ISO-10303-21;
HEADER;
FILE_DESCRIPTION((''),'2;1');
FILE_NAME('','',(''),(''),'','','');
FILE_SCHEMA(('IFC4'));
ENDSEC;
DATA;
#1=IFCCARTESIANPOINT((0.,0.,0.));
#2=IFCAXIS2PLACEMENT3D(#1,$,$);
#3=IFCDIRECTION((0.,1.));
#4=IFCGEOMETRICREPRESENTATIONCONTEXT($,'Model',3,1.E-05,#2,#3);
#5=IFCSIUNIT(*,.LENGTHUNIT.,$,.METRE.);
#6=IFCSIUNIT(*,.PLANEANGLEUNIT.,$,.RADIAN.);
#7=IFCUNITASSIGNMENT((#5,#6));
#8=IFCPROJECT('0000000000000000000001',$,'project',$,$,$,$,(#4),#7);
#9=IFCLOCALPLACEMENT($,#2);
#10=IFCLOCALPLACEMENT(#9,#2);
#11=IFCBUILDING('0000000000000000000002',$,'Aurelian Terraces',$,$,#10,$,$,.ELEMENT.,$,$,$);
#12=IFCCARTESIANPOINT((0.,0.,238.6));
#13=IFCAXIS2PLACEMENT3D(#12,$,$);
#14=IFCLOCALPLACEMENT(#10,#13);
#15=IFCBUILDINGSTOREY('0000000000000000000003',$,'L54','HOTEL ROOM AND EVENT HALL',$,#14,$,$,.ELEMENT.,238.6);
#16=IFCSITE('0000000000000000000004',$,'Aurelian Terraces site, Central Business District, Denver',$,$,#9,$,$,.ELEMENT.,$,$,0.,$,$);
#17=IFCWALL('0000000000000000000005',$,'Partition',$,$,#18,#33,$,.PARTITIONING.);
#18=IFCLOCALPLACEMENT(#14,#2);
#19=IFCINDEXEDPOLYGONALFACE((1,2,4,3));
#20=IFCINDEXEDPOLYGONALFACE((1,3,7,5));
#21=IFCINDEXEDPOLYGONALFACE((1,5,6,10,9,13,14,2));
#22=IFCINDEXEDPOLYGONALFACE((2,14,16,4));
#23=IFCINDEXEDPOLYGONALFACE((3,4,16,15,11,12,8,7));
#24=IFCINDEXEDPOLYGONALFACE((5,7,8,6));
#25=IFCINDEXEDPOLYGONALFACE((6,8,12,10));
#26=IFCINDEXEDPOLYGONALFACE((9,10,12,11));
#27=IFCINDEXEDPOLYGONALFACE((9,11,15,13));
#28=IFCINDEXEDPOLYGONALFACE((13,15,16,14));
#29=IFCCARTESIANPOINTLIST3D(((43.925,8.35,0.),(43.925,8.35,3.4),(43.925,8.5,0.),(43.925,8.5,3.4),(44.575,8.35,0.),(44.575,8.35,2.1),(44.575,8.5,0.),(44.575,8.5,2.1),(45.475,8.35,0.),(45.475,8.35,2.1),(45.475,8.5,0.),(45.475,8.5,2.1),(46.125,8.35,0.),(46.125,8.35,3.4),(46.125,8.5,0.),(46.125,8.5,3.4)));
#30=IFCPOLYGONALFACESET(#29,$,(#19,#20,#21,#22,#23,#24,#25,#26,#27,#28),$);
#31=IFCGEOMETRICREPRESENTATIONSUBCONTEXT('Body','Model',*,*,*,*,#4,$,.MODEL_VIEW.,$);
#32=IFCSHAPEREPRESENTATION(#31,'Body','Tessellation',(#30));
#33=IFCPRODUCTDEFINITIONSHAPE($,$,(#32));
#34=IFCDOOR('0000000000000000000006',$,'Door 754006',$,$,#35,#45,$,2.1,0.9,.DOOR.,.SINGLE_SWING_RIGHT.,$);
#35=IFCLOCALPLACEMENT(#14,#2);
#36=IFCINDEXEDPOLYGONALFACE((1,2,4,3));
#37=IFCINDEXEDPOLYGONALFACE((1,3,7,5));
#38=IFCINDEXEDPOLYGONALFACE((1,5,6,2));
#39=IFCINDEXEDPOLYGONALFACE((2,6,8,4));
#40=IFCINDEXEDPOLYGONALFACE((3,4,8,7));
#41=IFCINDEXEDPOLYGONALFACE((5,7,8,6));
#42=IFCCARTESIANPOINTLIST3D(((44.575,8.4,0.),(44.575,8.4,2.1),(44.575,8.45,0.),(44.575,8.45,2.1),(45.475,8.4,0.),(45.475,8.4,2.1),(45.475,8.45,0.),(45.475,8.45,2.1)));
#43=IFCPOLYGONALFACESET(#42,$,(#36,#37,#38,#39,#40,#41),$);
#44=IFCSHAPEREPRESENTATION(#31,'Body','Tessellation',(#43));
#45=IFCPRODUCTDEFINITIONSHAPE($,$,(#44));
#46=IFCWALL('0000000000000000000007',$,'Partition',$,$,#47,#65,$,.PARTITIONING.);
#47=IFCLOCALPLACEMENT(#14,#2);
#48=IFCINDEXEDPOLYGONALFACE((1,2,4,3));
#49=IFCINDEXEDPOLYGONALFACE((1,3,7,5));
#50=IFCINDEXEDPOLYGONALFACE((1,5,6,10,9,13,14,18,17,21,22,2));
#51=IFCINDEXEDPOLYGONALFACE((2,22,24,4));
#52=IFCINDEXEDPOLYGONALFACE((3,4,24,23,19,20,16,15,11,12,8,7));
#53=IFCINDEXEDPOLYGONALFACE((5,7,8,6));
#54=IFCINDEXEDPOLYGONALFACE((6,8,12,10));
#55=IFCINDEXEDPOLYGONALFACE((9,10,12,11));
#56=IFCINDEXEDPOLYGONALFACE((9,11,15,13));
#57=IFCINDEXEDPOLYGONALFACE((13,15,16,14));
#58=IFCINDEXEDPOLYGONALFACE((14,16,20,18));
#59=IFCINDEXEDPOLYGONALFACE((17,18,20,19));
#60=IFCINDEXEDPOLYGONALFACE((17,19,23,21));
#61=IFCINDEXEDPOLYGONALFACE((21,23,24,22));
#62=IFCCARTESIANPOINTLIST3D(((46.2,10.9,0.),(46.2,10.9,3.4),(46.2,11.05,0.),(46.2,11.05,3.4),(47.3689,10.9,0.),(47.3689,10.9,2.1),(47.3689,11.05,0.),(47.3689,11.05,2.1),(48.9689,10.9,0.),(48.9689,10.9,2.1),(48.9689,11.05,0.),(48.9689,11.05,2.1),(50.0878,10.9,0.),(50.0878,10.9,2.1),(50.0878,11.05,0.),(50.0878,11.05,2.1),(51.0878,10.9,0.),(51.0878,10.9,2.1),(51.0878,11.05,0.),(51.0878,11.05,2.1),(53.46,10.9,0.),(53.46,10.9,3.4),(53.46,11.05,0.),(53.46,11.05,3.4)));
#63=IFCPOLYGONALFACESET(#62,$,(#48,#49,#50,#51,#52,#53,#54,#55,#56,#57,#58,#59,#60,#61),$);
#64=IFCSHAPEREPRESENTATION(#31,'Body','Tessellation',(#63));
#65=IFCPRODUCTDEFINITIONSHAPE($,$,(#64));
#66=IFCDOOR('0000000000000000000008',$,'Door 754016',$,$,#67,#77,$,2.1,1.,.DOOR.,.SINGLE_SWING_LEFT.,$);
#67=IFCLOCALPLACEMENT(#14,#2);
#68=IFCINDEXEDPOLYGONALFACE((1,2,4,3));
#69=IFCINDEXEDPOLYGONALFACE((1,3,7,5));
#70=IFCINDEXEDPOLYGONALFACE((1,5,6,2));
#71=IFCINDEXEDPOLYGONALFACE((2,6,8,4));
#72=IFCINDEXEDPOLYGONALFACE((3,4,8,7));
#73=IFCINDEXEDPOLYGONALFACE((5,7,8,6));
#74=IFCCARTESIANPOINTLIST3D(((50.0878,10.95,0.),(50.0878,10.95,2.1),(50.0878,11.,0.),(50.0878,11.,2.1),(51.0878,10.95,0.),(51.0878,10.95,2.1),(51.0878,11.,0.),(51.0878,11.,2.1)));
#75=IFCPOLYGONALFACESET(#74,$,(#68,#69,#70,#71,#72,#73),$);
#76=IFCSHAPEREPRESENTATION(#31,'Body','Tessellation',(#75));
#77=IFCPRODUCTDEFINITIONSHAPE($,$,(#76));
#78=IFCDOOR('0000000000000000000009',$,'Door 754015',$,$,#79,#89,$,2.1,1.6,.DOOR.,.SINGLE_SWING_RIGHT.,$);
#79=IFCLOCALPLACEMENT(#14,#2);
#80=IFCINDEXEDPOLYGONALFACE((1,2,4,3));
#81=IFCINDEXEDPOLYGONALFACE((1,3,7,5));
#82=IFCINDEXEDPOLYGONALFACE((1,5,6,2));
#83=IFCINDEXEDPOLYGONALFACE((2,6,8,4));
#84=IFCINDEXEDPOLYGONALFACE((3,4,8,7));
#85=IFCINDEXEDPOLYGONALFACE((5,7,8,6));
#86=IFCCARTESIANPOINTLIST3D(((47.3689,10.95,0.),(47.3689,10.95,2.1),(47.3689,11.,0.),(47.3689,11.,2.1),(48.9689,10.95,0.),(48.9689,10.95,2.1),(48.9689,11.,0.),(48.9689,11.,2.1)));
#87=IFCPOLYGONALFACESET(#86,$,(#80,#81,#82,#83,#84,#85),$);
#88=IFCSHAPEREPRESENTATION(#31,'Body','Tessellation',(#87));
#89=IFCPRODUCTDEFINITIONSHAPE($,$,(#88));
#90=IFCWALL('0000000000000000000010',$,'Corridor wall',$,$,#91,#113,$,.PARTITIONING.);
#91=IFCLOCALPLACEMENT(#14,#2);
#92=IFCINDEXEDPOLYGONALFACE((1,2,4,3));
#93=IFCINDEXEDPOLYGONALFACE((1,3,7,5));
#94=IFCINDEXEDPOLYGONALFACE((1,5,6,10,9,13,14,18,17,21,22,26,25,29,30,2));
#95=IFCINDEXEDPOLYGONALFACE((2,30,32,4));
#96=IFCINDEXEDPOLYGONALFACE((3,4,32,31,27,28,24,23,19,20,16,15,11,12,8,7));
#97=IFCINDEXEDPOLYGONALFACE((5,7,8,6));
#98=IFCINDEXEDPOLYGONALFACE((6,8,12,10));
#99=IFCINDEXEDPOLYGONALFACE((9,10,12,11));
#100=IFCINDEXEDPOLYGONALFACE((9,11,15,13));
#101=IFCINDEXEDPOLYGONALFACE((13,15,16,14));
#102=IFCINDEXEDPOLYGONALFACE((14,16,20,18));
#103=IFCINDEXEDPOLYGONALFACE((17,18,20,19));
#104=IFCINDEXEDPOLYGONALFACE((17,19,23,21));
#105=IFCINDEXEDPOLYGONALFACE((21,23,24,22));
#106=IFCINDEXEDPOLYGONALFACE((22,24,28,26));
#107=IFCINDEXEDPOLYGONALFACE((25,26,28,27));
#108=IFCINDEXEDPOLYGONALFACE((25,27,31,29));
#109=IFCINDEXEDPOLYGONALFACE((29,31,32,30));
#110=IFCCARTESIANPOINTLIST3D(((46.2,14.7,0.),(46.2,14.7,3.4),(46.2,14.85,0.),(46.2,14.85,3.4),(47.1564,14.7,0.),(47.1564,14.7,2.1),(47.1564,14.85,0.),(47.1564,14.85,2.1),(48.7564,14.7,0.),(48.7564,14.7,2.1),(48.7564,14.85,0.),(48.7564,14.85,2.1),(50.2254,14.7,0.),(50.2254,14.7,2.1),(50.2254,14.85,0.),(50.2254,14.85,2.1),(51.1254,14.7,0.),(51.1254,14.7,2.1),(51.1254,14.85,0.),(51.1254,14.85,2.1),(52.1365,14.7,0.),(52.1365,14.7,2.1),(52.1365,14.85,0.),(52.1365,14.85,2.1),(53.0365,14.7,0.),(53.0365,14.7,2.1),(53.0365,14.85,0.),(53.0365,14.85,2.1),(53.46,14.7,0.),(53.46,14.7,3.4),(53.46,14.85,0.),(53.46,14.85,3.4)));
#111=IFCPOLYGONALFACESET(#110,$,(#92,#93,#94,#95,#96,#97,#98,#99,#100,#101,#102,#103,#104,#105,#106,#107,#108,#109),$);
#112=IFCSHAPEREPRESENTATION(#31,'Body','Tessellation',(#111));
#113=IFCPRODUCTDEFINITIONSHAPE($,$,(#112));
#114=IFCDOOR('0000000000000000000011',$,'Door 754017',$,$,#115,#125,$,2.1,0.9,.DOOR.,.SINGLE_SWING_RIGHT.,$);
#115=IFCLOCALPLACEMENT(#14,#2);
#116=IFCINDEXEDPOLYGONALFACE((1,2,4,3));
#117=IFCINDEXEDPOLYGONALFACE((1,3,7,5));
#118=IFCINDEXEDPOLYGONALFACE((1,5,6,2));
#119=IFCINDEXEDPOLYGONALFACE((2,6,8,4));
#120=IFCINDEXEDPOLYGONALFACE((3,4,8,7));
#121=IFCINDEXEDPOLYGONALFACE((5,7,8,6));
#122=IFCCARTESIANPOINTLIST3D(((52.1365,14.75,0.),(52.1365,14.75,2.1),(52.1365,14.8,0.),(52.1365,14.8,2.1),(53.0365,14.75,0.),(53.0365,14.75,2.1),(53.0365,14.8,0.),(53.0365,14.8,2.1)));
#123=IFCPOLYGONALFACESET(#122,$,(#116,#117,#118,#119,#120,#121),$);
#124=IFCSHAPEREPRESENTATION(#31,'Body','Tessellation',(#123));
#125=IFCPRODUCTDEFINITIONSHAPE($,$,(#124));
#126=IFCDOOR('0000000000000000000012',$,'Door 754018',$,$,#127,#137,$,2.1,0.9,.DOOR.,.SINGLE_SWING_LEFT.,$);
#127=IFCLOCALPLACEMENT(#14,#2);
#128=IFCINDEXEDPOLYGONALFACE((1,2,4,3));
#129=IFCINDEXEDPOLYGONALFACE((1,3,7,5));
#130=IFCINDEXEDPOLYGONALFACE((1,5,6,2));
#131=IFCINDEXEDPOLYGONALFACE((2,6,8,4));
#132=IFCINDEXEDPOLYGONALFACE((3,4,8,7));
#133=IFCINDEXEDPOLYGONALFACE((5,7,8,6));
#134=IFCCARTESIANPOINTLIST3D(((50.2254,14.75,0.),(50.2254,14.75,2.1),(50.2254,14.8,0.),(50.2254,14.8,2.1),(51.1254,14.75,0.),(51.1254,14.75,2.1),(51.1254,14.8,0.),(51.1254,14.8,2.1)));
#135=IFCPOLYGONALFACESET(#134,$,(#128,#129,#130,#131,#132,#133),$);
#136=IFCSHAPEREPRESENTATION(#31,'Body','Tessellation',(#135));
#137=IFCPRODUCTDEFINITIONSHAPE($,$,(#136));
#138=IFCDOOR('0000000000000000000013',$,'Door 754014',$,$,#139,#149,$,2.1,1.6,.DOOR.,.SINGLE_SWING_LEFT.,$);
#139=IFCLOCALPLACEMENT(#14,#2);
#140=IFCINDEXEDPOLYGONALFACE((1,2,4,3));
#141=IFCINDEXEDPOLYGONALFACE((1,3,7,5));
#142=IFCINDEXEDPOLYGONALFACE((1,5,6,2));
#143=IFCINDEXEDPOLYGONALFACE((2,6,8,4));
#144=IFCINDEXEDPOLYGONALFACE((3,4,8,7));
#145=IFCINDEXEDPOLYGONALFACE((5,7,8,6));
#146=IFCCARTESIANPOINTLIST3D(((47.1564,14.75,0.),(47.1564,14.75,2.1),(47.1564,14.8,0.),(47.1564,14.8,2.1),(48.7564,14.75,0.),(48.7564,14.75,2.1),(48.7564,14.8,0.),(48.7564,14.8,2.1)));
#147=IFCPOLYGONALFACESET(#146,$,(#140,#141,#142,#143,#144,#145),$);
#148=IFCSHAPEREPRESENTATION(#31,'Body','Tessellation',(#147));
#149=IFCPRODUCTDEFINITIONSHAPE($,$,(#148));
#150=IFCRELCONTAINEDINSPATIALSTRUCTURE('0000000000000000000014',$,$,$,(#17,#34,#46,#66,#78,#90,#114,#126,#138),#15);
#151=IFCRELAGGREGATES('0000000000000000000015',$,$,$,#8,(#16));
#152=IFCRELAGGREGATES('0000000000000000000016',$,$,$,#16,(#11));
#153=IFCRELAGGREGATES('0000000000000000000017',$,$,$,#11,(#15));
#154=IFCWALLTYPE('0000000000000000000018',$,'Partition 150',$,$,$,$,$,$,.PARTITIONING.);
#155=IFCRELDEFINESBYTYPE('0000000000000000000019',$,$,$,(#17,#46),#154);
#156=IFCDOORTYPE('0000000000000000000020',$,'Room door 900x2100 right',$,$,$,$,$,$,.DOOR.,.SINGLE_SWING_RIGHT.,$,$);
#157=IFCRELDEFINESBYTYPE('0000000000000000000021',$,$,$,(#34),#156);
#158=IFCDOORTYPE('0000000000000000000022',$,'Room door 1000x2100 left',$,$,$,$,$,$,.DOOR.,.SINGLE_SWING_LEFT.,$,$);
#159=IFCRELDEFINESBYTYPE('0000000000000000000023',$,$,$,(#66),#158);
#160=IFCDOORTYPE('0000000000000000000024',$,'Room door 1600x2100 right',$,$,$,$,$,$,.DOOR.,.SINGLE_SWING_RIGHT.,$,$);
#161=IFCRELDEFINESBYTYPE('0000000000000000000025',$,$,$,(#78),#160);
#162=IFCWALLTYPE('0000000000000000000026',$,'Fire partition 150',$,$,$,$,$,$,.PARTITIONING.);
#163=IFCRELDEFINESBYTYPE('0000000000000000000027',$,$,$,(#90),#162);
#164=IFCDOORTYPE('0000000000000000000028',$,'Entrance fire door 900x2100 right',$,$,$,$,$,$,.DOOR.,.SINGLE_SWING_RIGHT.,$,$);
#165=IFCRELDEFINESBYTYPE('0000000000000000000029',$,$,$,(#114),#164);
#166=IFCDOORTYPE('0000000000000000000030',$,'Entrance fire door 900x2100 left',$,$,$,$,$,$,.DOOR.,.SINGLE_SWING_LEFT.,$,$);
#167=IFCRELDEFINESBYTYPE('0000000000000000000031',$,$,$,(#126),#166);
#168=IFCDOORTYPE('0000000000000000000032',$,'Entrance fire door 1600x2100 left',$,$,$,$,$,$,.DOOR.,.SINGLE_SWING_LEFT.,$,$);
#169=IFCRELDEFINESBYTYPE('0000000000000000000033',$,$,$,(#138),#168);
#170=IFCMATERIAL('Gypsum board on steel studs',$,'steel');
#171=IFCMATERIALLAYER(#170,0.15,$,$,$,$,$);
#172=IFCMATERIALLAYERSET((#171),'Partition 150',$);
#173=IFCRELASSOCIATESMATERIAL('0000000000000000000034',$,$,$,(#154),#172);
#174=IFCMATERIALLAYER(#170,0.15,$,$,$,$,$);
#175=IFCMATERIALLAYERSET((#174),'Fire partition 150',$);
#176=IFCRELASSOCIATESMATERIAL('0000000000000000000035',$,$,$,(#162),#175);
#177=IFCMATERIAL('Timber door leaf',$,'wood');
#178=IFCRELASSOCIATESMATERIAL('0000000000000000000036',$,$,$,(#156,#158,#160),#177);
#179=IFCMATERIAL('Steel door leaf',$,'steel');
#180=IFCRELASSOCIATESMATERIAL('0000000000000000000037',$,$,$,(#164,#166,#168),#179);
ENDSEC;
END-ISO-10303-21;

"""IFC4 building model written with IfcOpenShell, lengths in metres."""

from ifc_helpers import new_model, si_unit, direction, frame, frame_2d, origin, place, context, subcontext, project, spatial, rectangle, extrude, source, transform, mapped, material, layer, layer_set, type_object, element, fill, save


model = new_model("IFC4")

# Units and contexts
model_context = context("Model", 3, precision=1e-05, world=origin(), true_north=direction((0.0, 1.0)))
body_context = subcontext(model_context, "Body", "Model", "MODEL_VIEW")
ifc_project = project(units=[si_unit("LENGTHUNIT", "METRE"), si_unit("PLANEANGLEUNIT", "RADIAN")], contexts=[model_context])

# Site, building, storey
site_placement = place(None, origin())
site = spatial("IfcSite", under=ifc_project, at=site_placement, Name="Aurelian Terraces site, Central Business District, Denver", CompositionType="ELEMENT", RefElevation=0.0)
building_placement = place(site_placement, origin())
building = spatial("IfcBuilding", under=site, at=building_placement, Name="Aurelian Terraces", CompositionType="ELEMENT")
storey_placement = place(building_placement, frame((0.0, 0.0, 238.6)))
storey = spatial("IfcBuildingStorey", under=building, at=storey_placement, Name="L54", Description="HOTEL ROOM AND EVENT HALL", CompositionType="ELEMENT", Elevation=238.6)

# Shared definitions
ifc_material_1 = material(Name="Gypsum board on steel studs", Category="steel")
ifc_layer_1 = layer(ifc_material_1, 0.15)
ifc_layer_set_1 = layer_set([ifc_layer_1], Name="Partition 150")
wall_type_1 = type_object("IfcWallType", Name="Partition 150", PredefinedType="PARTITIONING", material=ifc_layer_set_1)

# Wall, opening, door
ifc_layer_2 = layer(ifc_material_1, 0.15)
ifc_layer_set_2 = layer_set([ifc_layer_2], Name="Fire partition 150")
wall_type_2 = type_object("IfcWallType", Name="Fire partition 150", PredefinedType="PARTITIONING", material=ifc_layer_set_2)
shared_shape_1 = source(origin(), body_context, "Body", "SweptSolid", [
    extrude(rectangle(XDim=0.9, YDim=2.1, at=frame_2d((0.45, 1.05))), frame((0.0, 0.085, 0.0), z_axis=(0.0, -1.0, 0.0), x_axis=(1.0, 0.0, 0.0)), (0.0, 0.0, 1.0), 0.17),
])
ifc_material_2 = material(Name="Timber door leaf", Category="wood")
door_type_1 = type_object("IfcDoorType", Name="Room door 900x2100 right", OperationType="SINGLE_SWING_RIGHT", PredefinedType="DOOR", material=ifc_material_2)
shared_shape_2 = source(origin(), body_context, "Body", "SweptSolid", [
    extrude(rectangle(XDim=0.9, YDim=2.1, at=frame_2d((0.45, 1.05))), frame((0.0, 0.025, 0.0), z_axis=(0.0, -1.0, 0.0), x_axis=(1.0, 0.0, 0.0)), (0.0, 0.0, 1.0), 0.05),
])
shared_shape_3 = source(origin(), body_context, "Body", "SweptSolid", [
    extrude(rectangle(XDim=2.2, YDim=0.15, at=frame_2d((1.1, 0.0))), origin(), (0.0, 0.0, 1.0), 3.4),
])
wall_1_placement = place(storey_placement, frame((46.125, 8.425, 0.0), z_axis=(0.0, 0.0, 1.0), x_axis=(-1.0, 0.0, 0.0)))
wall_1 = element("IfcWall", 1, at=wall_1_placement, inside=storey, type_object=wall_type_1, Name="Partition", PredefinedType="PARTITIONING", context=body_context, shape_type="MappedRepresentation", body=[
    mapped(shared_shape_3, transform((0.0, 0.0, 0.0), scale=1.0)),
])
opening_1_placement = place(wall_1_placement, frame((0.65, 0.0, 0.0)))
opening_1 = element("IfcOpeningElement", 2, at=opening_1_placement, cuts=wall_1, PredefinedType="OPENING", context=body_context, shape_type="MappedRepresentation", body=[
    mapped(shared_shape_1, transform((0.0, 0.0, 0.0), scale=1.0)),
])
door_1_placement = place(opening_1_placement, origin())
door_1 = element("IfcDoor", 3, at=door_1_placement, inside=storey, type_object=door_type_1, Name="Door 754006", OperationType="SINGLE_SWING_RIGHT", OverallHeight=2.1, OverallWidth=0.9, PredefinedType="DOOR", context=body_context, shape_type="MappedRepresentation", body=[
    mapped(shared_shape_2, transform((0.0, 0.0, 0.0), scale=1.0)),
])
fill(opening_1, door_1)

# Walls, openings, doors
shared_shape_4 = source(origin(), body_context, "Body", "SweptSolid", [
    extrude(rectangle(XDim=7.26, YDim=0.15, at=frame_2d((3.63, 0.0))), origin(), (0.0, 0.0, 1.0), 3.4),
])
wall_2_placement = place(storey_placement, frame((53.46, 10.975, 0.0), z_axis=(0.0, 0.0, 1.0), x_axis=(-1.0, 0.0, 0.0)))
wall_2 = element("IfcWall", 4, at=wall_2_placement, inside=storey, type_object=wall_type_1, Name="Partition", PredefinedType="PARTITIONING", context=body_context, shape_type="MappedRepresentation", body=[
    mapped(shared_shape_4, transform((0.0, 0.0, 0.0), scale=1.0)),
])
shared_shape_5 = source(origin(), body_context, "Body", "SweptSolid", [
    extrude(rectangle(XDim=1.6, YDim=2.1, at=frame_2d((0.8, 1.05))), frame((0.0, 0.085, 0.0), z_axis=(0.0, -1.0, 0.0), x_axis=(1.0, 0.0, 0.0)), (0.0, 0.0, 1.0), 0.17),
])
opening_2_placement = place(wall_2_placement, frame((4.4911, 0.0, 0.0)))
opening_2 = element("IfcOpeningElement", 5, at=opening_2_placement, cuts=wall_2, PredefinedType="OPENING", context=body_context, shape_type="MappedRepresentation", body=[
    mapped(shared_shape_5, transform((0.0, 0.0, 0.0), scale=1.0)),
])
shared_shape_6 = source(origin(), body_context, "Body", "SweptSolid", [
    extrude(rectangle(XDim=1.0, YDim=2.1, at=frame_2d((0.5, 1.05))), frame((0.0, 0.085, 0.0), z_axis=(0.0, -1.0, 0.0), x_axis=(1.0, 0.0, 0.0)), (0.0, 0.0, 1.0), 0.17),
])
opening_3_placement = place(wall_2_placement, frame((2.3722, 0.0, 0.0)))
opening_3 = element("IfcOpeningElement", 6, at=opening_3_placement, cuts=wall_2, PredefinedType="OPENING", context=body_context, shape_type="MappedRepresentation", body=[
    mapped(shared_shape_6, transform((0.0, 0.0, 0.0), scale=1.0)),
])
door_type_2 = type_object("IfcDoorType", Name="Room door 1000x2100 left", OperationType="SINGLE_SWING_LEFT", PredefinedType="DOOR", material=ifc_material_2)
shared_shape_7 = source(origin(), body_context, "Body", "SweptSolid", [
    extrude(rectangle(XDim=1.0, YDim=2.1, at=frame_2d((0.5, 1.05))), frame((0.0, 0.025, 0.0), z_axis=(0.0, -1.0, 0.0), x_axis=(1.0, 0.0, 0.0)), (0.0, 0.0, 1.0), 0.05),
])
door_2_placement = place(opening_3_placement, origin())
door_2 = element("IfcDoor", 7, at=door_2_placement, inside=storey, type_object=door_type_2, Name="Door 754016", OperationType="SINGLE_SWING_LEFT", OverallHeight=2.1, OverallWidth=1.0, PredefinedType="DOOR", context=body_context, shape_type="MappedRepresentation", body=[
    mapped(shared_shape_7, transform((0.0, 0.0, 0.0), scale=1.0)),
])
fill(opening_3, door_2)
door_type_3 = type_object("IfcDoorType", Name="Room door 1600x2100 right", OperationType="SINGLE_SWING_RIGHT", PredefinedType="DOOR", material=ifc_material_2)
shared_shape_8 = source(origin(), body_context, "Body", "SweptSolid", [
    extrude(rectangle(XDim=1.6, YDim=2.1, at=frame_2d((0.8, 1.05))), frame((0.0, 0.025, 0.0), z_axis=(0.0, -1.0, 0.0), x_axis=(1.0, 0.0, 0.0)), (0.0, 0.0, 1.0), 0.05),
])
door_3_placement = place(opening_2_placement, origin())
door_3 = element("IfcDoor", 8, at=door_3_placement, inside=storey, type_object=door_type_3, Name="Door 754015", OperationType="SINGLE_SWING_RIGHT", OverallHeight=2.1, OverallWidth=1.6, PredefinedType="DOOR", context=body_context, shape_type="MappedRepresentation", body=[
    mapped(shared_shape_8, transform((0.0, 0.0, 0.0), scale=1.0)),
])
fill(opening_2, door_3)
wall_3_placement = place(storey_placement, frame((53.46, 14.775, 0.0), z_axis=(0.0, 0.0, 1.0), x_axis=(-1.0, 0.0, 0.0)))
wall_3 = element("IfcWall", 9, at=wall_3_placement, inside=storey, type_object=wall_type_2, Name="Corridor wall", PredefinedType="PARTITIONING", context=body_context, shape_type="MappedRepresentation", body=[
    mapped(shared_shape_4, transform((0.0, 0.0, 0.0), scale=1.0)),
])
opening_4_placement = place(wall_3_placement, frame((4.7036, 0.0, 0.0)))
opening_4 = element("IfcOpeningElement", 10, at=opening_4_placement, cuts=wall_3, PredefinedType="OPENING", context=body_context, shape_type="MappedRepresentation", body=[
    mapped(shared_shape_5, transform((0.0, 0.0, 0.0), scale=1.0)),
])
opening_5_placement = place(wall_3_placement, frame((0.4235, 0.0, 0.0)))
opening_5 = element("IfcOpeningElement", 11, at=opening_5_placement, cuts=wall_3, PredefinedType="OPENING", context=body_context, shape_type="MappedRepresentation", body=[
    mapped(shared_shape_1, transform((0.0, 0.0, 0.0), scale=1.0)),
])
opening_6_placement = place(wall_3_placement, frame((2.3346, 0.0, 0.0)))
opening_6 = element("IfcOpeningElement", 12, at=opening_6_placement, cuts=wall_3, PredefinedType="OPENING", context=body_context, shape_type="MappedRepresentation", body=[
    mapped(shared_shape_1, transform((0.0, 0.0, 0.0), scale=1.0)),
])
ifc_material_3 = material(Name="Steel door leaf", Category="steel")
door_type_4 = type_object("IfcDoorType", Name="Entrance fire door 900x2100 right", OperationType="SINGLE_SWING_RIGHT", PredefinedType="DOOR", material=ifc_material_3)
door_4_placement = place(opening_5_placement, origin())
door_4 = element("IfcDoor", 13, at=door_4_placement, inside=storey, type_object=door_type_4, Name="Door 754017", OperationType="SINGLE_SWING_RIGHT", OverallHeight=2.1, OverallWidth=0.9, PredefinedType="DOOR", context=body_context, shape_type="MappedRepresentation", body=[
    mapped(shared_shape_2, transform((0.0, 0.0, 0.0), scale=1.0)),
])
fill(opening_5, door_4)
door_type_5 = type_object("IfcDoorType", Name="Entrance fire door 900x2100 left", OperationType="SINGLE_SWING_LEFT", PredefinedType="DOOR", material=ifc_material_3)
door_5_placement = place(opening_6_placement, origin())
door_5 = element("IfcDoor", 14, at=door_5_placement, inside=storey, type_object=door_type_5, Name="Door 754018", OperationType="SINGLE_SWING_LEFT", OverallHeight=2.1, OverallWidth=0.9, PredefinedType="DOOR", context=body_context, shape_type="MappedRepresentation", body=[
    mapped(shared_shape_2, transform((0.0, 0.0, 0.0), scale=1.0)),
])
fill(opening_6, door_5)
door_type_6 = type_object("IfcDoorType", Name="Entrance fire door 1600x2100 left", OperationType="SINGLE_SWING_LEFT", PredefinedType="DOOR", material=ifc_material_3)
door_6_placement = place(opening_4_placement, origin())
door_6 = element("IfcDoor", 15, at=door_6_placement, inside=storey, type_object=door_type_6, Name="Door 754014", OperationType="SINGLE_SWING_LEFT", OverallHeight=2.1, OverallWidth=1.6, PredefinedType="DOOR", context=body_context, shape_type="MappedRepresentation", body=[
    mapped(shared_shape_8, transform((0.0, 0.0, 0.0), scale=1.0)),
])
fill(opening_4, door_6)

save(model, "model.ifc")
